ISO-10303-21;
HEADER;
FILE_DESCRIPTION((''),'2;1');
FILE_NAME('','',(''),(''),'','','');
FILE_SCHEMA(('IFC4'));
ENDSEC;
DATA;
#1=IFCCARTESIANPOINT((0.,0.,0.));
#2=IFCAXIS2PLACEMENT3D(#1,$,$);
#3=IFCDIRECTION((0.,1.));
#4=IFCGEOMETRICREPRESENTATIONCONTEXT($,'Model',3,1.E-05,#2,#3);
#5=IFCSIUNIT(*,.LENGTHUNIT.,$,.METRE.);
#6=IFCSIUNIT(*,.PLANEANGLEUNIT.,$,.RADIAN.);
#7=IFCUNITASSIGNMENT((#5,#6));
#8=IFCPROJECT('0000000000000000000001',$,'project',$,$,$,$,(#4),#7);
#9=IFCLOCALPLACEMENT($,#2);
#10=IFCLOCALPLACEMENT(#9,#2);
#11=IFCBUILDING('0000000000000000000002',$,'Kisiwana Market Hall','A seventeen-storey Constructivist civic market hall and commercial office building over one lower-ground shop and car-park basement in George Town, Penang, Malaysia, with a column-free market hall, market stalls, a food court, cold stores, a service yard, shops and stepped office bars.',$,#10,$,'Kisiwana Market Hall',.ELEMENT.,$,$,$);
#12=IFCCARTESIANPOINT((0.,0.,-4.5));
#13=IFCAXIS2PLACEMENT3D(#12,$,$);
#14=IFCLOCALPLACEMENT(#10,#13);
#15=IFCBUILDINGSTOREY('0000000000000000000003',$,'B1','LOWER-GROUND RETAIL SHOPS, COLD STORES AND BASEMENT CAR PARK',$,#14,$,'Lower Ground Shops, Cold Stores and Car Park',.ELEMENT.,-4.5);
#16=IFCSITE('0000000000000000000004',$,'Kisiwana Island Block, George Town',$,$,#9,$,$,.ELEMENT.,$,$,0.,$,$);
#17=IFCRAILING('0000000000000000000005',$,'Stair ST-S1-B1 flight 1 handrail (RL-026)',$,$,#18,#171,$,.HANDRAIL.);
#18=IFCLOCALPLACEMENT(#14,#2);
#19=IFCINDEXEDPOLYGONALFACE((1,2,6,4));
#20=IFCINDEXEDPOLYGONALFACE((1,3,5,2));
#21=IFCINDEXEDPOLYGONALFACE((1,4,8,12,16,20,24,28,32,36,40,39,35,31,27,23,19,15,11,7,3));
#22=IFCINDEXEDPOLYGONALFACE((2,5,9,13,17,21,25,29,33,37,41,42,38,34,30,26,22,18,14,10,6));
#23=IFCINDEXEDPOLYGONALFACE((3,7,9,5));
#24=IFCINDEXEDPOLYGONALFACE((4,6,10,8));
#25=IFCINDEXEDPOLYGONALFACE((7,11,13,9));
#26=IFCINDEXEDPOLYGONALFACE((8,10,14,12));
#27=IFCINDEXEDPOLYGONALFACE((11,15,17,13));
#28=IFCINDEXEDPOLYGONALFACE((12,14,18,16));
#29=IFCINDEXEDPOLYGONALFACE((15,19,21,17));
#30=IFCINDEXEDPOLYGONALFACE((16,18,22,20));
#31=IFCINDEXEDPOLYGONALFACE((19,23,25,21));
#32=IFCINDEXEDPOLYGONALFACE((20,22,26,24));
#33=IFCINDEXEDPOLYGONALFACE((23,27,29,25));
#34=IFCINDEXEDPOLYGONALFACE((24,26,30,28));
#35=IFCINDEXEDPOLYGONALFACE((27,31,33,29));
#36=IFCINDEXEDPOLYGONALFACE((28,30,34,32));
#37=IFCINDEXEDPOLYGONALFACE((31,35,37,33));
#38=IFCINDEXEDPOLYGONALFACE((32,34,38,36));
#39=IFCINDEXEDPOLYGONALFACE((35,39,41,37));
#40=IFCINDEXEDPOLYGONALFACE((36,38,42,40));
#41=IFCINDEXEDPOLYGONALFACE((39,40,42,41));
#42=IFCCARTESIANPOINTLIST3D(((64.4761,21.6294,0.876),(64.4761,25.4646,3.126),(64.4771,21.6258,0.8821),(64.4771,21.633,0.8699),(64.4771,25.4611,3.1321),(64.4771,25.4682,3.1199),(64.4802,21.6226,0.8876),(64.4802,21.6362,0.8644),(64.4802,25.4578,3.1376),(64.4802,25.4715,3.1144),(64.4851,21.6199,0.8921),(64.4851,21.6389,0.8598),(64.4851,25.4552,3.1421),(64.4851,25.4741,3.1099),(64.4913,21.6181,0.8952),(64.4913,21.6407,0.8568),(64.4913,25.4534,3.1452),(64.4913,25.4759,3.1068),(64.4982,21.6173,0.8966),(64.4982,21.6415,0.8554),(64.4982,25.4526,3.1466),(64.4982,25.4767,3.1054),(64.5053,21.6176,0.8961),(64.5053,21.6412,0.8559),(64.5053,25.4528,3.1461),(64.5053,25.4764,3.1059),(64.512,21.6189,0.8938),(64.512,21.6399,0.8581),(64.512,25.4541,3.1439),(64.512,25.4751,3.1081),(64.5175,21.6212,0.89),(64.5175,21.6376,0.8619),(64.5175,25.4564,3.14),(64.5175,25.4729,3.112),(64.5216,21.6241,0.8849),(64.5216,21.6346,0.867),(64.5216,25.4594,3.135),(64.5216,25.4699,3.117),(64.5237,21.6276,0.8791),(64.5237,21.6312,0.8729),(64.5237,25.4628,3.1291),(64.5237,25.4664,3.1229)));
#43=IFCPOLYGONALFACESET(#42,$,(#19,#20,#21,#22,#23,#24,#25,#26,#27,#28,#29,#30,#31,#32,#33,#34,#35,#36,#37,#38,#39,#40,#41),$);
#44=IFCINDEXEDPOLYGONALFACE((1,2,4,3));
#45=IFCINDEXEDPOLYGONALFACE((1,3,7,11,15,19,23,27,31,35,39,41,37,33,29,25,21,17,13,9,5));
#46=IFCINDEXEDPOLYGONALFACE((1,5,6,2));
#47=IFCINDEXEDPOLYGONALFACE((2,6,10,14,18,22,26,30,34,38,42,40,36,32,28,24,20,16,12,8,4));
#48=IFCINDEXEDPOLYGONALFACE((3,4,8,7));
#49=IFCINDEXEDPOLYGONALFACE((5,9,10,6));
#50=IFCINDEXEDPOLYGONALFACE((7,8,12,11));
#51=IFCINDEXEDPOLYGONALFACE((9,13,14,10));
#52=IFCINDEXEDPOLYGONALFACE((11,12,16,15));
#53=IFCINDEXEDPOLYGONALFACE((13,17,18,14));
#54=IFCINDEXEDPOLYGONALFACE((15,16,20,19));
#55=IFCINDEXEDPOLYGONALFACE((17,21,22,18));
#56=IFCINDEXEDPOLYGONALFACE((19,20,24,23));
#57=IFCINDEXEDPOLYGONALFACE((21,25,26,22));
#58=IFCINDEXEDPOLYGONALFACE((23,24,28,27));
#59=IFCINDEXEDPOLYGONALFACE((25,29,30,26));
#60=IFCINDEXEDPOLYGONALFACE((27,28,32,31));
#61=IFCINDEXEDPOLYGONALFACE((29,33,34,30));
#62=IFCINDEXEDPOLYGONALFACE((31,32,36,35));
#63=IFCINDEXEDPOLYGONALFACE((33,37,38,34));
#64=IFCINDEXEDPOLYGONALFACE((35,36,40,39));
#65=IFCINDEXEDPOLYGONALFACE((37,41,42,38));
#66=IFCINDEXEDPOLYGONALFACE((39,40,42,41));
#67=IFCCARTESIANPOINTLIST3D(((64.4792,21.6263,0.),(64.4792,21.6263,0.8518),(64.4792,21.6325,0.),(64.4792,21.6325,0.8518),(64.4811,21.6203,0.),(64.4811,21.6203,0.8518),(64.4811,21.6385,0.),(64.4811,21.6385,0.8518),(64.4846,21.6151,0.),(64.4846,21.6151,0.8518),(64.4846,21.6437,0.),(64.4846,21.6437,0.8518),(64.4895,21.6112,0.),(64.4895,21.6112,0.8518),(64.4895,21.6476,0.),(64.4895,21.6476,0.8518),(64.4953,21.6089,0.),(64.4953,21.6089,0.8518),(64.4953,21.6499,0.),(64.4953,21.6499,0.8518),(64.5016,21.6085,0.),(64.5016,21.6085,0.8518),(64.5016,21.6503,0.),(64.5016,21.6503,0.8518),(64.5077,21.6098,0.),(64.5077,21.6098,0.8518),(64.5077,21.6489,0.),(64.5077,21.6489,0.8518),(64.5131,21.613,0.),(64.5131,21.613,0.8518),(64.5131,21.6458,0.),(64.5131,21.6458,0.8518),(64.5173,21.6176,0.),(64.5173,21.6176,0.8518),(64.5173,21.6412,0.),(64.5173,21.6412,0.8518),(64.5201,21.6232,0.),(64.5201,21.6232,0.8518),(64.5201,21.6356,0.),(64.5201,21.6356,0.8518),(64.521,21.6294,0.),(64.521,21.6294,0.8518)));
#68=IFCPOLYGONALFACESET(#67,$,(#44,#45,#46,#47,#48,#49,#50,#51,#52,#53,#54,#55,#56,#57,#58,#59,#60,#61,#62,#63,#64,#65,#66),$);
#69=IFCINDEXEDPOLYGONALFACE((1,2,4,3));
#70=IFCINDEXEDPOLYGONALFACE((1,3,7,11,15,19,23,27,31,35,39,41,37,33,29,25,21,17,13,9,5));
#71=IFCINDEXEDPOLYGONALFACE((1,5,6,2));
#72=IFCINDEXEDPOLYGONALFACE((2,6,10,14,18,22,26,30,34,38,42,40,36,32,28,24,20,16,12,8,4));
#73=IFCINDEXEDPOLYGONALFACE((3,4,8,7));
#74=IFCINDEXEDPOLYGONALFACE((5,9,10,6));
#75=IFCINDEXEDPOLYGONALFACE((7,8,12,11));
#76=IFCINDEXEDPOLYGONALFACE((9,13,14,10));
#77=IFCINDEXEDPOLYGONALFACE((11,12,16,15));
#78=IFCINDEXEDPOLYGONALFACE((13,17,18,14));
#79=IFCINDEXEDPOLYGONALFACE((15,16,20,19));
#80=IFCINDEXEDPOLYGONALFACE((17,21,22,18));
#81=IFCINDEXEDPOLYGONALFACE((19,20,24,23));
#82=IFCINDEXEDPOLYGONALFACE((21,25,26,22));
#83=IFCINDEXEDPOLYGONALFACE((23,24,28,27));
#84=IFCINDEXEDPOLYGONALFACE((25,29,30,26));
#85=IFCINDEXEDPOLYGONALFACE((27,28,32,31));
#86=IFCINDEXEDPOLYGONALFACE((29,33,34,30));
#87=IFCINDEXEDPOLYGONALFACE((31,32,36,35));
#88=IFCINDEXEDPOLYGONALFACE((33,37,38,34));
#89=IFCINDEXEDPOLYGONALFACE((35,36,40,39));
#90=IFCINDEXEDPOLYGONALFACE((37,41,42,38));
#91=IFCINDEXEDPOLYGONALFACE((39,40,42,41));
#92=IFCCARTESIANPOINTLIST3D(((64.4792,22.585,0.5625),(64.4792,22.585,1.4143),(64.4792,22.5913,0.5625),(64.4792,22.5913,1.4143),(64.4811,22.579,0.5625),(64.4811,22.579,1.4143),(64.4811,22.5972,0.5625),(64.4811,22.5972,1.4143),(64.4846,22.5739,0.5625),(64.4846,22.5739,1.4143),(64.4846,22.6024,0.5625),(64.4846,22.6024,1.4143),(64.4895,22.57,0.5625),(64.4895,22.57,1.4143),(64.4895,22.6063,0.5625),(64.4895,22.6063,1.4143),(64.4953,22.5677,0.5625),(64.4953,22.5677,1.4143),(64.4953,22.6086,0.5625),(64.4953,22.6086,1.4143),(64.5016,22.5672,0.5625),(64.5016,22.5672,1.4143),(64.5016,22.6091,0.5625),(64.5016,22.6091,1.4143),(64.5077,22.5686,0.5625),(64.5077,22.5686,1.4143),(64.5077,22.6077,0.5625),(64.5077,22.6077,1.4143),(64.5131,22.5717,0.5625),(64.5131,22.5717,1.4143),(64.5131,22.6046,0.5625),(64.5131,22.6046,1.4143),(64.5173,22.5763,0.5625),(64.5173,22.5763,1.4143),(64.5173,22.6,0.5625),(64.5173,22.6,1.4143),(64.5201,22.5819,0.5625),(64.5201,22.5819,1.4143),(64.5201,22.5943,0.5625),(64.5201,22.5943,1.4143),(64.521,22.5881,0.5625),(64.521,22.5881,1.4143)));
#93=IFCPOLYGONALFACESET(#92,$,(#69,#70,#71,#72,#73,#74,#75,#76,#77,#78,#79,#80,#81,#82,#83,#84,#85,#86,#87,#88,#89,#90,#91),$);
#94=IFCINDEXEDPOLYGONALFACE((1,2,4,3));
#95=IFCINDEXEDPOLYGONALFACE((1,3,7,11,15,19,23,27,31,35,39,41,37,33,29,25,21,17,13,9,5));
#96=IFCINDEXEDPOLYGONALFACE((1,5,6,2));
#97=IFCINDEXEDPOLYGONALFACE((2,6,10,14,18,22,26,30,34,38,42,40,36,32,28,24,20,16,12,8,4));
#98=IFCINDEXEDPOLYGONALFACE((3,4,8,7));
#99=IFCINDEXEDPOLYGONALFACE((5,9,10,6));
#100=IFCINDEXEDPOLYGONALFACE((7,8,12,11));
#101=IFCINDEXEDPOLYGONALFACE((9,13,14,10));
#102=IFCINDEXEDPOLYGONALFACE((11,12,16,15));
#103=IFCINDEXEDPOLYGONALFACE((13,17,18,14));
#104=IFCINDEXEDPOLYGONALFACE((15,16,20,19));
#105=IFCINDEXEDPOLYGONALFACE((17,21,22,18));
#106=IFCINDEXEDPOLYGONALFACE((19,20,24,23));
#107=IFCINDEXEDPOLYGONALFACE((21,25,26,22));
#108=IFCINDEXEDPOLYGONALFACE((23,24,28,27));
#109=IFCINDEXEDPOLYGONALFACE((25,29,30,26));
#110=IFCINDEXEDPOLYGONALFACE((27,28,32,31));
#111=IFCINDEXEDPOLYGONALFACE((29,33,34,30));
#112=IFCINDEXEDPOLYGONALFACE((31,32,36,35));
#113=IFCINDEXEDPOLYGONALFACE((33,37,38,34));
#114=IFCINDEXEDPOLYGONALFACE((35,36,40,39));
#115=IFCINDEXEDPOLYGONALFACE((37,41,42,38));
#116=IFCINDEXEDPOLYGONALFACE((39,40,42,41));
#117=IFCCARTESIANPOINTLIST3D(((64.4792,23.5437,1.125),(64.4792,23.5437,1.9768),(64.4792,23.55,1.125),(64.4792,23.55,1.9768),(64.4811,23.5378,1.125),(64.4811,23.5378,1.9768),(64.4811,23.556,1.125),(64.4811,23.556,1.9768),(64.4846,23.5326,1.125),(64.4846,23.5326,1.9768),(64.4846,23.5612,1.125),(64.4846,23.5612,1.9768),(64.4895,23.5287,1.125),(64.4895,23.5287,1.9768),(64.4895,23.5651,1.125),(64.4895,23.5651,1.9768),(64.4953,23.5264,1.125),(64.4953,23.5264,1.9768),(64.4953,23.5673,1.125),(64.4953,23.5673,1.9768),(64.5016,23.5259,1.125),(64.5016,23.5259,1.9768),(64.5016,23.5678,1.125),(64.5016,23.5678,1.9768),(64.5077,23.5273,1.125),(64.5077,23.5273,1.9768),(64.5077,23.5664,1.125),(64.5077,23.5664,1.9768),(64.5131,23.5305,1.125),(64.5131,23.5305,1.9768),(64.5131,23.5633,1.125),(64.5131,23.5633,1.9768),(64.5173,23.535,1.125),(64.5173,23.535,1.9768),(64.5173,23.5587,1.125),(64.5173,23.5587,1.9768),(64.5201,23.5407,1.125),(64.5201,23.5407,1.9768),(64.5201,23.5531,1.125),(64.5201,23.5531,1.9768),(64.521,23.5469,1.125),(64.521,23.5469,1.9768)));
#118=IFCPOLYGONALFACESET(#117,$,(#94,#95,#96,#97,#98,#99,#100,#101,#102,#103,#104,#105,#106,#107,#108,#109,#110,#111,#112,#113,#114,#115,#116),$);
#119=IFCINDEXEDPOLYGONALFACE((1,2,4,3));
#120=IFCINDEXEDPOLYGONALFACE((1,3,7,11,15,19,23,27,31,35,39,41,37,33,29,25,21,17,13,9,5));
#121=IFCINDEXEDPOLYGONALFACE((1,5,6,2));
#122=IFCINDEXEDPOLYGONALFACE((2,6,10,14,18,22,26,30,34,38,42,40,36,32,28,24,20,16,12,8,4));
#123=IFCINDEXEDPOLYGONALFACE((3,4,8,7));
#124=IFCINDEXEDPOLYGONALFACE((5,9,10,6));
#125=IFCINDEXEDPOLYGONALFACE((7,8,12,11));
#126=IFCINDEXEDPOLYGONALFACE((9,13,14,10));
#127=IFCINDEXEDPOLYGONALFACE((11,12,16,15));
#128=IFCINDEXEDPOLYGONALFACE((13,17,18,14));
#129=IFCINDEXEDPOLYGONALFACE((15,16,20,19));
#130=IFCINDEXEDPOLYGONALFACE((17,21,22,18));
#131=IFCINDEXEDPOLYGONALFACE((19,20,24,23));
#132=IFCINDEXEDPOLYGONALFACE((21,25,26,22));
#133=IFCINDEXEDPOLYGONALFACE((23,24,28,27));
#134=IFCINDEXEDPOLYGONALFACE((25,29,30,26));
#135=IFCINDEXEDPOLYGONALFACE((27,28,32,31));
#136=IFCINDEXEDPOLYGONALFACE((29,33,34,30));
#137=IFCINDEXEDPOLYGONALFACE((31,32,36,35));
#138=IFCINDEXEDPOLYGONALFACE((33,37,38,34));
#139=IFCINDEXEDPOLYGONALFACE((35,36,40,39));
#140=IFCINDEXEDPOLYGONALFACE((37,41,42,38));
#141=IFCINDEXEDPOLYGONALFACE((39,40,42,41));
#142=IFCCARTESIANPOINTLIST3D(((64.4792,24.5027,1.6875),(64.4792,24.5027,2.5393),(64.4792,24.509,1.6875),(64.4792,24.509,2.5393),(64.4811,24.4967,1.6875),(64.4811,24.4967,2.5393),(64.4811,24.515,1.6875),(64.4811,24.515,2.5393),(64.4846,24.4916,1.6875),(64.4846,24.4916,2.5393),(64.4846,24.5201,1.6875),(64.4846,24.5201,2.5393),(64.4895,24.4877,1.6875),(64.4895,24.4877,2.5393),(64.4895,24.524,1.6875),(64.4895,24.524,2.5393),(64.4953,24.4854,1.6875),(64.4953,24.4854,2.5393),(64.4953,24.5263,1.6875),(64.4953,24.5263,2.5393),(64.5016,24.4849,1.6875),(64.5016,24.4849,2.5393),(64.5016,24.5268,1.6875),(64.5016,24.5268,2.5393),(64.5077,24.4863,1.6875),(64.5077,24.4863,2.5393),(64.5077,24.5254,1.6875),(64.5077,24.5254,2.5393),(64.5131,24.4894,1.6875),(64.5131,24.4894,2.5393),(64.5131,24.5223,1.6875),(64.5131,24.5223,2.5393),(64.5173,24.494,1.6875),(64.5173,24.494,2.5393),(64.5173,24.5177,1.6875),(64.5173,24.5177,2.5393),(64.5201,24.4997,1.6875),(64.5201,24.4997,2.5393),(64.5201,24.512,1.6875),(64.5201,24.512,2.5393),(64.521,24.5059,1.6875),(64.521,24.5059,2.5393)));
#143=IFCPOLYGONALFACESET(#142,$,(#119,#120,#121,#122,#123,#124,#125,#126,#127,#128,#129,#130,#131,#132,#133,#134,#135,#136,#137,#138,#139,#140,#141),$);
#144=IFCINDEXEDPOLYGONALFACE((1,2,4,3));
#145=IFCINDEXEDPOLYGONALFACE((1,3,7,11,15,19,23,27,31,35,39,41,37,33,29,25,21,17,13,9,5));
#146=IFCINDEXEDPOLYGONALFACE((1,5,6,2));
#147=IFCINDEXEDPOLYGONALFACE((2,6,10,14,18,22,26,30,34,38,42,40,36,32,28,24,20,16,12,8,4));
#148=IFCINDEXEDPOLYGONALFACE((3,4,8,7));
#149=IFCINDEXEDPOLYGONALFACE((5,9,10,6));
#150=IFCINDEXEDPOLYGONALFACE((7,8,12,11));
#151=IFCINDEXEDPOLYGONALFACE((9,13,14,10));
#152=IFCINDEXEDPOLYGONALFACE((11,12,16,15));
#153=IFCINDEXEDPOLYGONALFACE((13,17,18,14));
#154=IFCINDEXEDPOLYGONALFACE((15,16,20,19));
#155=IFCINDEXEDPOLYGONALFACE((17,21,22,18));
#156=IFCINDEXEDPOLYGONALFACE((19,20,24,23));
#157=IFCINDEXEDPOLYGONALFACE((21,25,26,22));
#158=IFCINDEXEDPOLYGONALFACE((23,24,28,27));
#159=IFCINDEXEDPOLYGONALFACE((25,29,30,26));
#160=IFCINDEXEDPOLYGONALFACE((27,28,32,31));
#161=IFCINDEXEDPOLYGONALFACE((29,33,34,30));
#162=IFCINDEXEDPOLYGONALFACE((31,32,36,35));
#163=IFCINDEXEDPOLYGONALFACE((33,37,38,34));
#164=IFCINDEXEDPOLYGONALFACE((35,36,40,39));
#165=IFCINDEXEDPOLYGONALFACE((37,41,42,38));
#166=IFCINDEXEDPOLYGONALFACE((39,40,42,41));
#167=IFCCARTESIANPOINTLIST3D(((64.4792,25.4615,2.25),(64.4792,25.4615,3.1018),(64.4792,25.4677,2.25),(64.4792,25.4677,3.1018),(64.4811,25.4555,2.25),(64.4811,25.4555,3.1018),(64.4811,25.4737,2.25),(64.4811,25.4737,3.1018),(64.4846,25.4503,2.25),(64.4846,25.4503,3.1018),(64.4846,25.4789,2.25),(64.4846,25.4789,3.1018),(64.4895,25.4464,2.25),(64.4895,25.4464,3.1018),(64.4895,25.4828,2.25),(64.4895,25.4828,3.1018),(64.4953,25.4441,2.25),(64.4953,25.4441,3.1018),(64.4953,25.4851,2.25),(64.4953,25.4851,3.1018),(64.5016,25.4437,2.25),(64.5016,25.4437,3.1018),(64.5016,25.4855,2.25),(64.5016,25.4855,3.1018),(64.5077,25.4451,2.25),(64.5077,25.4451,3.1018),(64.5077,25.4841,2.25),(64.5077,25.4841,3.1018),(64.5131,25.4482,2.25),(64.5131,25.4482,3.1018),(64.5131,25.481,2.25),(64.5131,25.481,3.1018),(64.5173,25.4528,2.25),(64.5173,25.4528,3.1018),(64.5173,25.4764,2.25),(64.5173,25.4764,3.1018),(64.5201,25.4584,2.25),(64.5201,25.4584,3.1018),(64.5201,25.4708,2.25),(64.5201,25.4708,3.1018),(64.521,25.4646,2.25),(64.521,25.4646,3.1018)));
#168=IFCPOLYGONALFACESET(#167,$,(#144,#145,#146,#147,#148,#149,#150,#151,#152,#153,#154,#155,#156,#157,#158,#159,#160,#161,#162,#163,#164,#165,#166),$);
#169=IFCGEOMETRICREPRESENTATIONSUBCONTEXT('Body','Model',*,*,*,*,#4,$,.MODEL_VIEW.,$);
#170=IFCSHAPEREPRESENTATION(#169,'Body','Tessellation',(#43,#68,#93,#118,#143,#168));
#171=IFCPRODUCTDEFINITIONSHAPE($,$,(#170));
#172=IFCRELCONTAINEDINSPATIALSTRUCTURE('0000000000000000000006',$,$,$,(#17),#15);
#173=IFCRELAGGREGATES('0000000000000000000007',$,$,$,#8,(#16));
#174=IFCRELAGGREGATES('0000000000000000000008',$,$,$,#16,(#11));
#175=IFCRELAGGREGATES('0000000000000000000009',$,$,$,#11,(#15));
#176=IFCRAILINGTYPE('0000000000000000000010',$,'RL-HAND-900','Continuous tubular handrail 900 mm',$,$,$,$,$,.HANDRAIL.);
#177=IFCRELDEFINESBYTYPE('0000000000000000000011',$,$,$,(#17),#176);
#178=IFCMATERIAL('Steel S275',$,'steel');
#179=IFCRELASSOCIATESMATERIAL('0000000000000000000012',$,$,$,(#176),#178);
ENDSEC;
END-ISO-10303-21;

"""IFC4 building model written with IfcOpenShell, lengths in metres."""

from ifc_helpers import new_model, si_unit, direction, frame, origin, origin_2d, place, context, subcontext, project, spatial, circle, extrude, material, type_object, element, save


model = new_model("IFC4")

# Units and contexts
model_context = context("Model", 3, precision=1e-05, world=origin(), true_north=direction((0.0, 1.0)))
body_context = subcontext(model_context, "Body", "Model", "MODEL_VIEW")
ifc_project = project(units=[si_unit("LENGTHUNIT", "METRE"), si_unit("PLANEANGLEUNIT", "RADIAN")], contexts=[model_context])

# Site, building, storey
site_placement = place(None, origin())
site = spatial("IfcSite", under=ifc_project, at=site_placement, Name="Kisiwana Island Block, George Town", CompositionType="ELEMENT", RefElevation=0.0)
building_placement = place(site_placement, origin())
building = spatial("IfcBuilding", under=site, at=building_placement, Name="Kisiwana Market Hall", Description="A seventeen-storey Constructivist civic market hall and commercial office building over one lower-ground shop and car-park basement in George Town, Penang, Malaysia, with a column-free market hall, market stalls, a food court, cold stores, a service yard, shops and stepped office bars.", LongName="Kisiwana Market Hall", CompositionType="ELEMENT")
storey_placement = place(building_placement, frame((0.0, 0.0, -4.5)))
storey = spatial("IfcBuildingStorey", under=building, at=storey_placement, Name="B1", Description="LOWER-GROUND RETAIL SHOPS, COLD STORES AND BASEMENT CAR PARK", LongName="Lower Ground Shops, Cold Stores and Car Park", CompositionType="ELEMENT", Elevation=-4.5)

# Railing
ifc_material_1 = material(Name="Steel S275", Category="steel")
railing_type_1 = type_object("IfcRailingType", Name="RL-HAND-900", Description="Continuous tubular handrail 900 mm", PredefinedType="HANDRAIL", material=ifc_material_1)
railing_1_placement = place(storey_placement, frame((64.5, 21.6294, 0.0)))
element("IfcRailing", 1, at=railing_1_placement, inside=storey, type_object=railing_type_1, Name="Stair ST-S1-B1 flight 1 handrail (RL-026)", PredefinedType="HANDRAIL", context=body_context, shape_type="SweptSolid", body=[
    extrude(circle(Radius=0.0239, at=origin_2d()), frame((0.0, 0.0, 0.876), z_axis=(0.0, 0.862524, 0.506017), x_axis=(-1.0, 0.0, 0.0)), (0.0, 0.0, 1.0), 4.4465),
    extrude(circle(Radius=0.021, at=origin_2d()), origin(), (0.0, 0.0, 1.0), 0.8518),
    extrude(circle(Radius=0.021, at=origin_2d()), frame((0.0, 0.9587, 0.5625)), (0.0, 0.0, 1.0), 0.8518),
    extrude(circle(Radius=0.021, at=origin_2d()), frame((0.0, 1.9175, 1.125)), (0.0, 0.0, 1.0), 0.8518),
    extrude(circle(Radius=0.021, at=origin_2d()), frame((0.0, 2.8765, 1.6875)), (0.0, 0.0, 1.0), 0.8518),
    extrude(circle(Radius=0.021, at=origin_2d()), frame((0.0, 3.8352, 2.25)), (0.0, 0.0, 1.0), 0.8518),
])

save(model, "model.ifc")
